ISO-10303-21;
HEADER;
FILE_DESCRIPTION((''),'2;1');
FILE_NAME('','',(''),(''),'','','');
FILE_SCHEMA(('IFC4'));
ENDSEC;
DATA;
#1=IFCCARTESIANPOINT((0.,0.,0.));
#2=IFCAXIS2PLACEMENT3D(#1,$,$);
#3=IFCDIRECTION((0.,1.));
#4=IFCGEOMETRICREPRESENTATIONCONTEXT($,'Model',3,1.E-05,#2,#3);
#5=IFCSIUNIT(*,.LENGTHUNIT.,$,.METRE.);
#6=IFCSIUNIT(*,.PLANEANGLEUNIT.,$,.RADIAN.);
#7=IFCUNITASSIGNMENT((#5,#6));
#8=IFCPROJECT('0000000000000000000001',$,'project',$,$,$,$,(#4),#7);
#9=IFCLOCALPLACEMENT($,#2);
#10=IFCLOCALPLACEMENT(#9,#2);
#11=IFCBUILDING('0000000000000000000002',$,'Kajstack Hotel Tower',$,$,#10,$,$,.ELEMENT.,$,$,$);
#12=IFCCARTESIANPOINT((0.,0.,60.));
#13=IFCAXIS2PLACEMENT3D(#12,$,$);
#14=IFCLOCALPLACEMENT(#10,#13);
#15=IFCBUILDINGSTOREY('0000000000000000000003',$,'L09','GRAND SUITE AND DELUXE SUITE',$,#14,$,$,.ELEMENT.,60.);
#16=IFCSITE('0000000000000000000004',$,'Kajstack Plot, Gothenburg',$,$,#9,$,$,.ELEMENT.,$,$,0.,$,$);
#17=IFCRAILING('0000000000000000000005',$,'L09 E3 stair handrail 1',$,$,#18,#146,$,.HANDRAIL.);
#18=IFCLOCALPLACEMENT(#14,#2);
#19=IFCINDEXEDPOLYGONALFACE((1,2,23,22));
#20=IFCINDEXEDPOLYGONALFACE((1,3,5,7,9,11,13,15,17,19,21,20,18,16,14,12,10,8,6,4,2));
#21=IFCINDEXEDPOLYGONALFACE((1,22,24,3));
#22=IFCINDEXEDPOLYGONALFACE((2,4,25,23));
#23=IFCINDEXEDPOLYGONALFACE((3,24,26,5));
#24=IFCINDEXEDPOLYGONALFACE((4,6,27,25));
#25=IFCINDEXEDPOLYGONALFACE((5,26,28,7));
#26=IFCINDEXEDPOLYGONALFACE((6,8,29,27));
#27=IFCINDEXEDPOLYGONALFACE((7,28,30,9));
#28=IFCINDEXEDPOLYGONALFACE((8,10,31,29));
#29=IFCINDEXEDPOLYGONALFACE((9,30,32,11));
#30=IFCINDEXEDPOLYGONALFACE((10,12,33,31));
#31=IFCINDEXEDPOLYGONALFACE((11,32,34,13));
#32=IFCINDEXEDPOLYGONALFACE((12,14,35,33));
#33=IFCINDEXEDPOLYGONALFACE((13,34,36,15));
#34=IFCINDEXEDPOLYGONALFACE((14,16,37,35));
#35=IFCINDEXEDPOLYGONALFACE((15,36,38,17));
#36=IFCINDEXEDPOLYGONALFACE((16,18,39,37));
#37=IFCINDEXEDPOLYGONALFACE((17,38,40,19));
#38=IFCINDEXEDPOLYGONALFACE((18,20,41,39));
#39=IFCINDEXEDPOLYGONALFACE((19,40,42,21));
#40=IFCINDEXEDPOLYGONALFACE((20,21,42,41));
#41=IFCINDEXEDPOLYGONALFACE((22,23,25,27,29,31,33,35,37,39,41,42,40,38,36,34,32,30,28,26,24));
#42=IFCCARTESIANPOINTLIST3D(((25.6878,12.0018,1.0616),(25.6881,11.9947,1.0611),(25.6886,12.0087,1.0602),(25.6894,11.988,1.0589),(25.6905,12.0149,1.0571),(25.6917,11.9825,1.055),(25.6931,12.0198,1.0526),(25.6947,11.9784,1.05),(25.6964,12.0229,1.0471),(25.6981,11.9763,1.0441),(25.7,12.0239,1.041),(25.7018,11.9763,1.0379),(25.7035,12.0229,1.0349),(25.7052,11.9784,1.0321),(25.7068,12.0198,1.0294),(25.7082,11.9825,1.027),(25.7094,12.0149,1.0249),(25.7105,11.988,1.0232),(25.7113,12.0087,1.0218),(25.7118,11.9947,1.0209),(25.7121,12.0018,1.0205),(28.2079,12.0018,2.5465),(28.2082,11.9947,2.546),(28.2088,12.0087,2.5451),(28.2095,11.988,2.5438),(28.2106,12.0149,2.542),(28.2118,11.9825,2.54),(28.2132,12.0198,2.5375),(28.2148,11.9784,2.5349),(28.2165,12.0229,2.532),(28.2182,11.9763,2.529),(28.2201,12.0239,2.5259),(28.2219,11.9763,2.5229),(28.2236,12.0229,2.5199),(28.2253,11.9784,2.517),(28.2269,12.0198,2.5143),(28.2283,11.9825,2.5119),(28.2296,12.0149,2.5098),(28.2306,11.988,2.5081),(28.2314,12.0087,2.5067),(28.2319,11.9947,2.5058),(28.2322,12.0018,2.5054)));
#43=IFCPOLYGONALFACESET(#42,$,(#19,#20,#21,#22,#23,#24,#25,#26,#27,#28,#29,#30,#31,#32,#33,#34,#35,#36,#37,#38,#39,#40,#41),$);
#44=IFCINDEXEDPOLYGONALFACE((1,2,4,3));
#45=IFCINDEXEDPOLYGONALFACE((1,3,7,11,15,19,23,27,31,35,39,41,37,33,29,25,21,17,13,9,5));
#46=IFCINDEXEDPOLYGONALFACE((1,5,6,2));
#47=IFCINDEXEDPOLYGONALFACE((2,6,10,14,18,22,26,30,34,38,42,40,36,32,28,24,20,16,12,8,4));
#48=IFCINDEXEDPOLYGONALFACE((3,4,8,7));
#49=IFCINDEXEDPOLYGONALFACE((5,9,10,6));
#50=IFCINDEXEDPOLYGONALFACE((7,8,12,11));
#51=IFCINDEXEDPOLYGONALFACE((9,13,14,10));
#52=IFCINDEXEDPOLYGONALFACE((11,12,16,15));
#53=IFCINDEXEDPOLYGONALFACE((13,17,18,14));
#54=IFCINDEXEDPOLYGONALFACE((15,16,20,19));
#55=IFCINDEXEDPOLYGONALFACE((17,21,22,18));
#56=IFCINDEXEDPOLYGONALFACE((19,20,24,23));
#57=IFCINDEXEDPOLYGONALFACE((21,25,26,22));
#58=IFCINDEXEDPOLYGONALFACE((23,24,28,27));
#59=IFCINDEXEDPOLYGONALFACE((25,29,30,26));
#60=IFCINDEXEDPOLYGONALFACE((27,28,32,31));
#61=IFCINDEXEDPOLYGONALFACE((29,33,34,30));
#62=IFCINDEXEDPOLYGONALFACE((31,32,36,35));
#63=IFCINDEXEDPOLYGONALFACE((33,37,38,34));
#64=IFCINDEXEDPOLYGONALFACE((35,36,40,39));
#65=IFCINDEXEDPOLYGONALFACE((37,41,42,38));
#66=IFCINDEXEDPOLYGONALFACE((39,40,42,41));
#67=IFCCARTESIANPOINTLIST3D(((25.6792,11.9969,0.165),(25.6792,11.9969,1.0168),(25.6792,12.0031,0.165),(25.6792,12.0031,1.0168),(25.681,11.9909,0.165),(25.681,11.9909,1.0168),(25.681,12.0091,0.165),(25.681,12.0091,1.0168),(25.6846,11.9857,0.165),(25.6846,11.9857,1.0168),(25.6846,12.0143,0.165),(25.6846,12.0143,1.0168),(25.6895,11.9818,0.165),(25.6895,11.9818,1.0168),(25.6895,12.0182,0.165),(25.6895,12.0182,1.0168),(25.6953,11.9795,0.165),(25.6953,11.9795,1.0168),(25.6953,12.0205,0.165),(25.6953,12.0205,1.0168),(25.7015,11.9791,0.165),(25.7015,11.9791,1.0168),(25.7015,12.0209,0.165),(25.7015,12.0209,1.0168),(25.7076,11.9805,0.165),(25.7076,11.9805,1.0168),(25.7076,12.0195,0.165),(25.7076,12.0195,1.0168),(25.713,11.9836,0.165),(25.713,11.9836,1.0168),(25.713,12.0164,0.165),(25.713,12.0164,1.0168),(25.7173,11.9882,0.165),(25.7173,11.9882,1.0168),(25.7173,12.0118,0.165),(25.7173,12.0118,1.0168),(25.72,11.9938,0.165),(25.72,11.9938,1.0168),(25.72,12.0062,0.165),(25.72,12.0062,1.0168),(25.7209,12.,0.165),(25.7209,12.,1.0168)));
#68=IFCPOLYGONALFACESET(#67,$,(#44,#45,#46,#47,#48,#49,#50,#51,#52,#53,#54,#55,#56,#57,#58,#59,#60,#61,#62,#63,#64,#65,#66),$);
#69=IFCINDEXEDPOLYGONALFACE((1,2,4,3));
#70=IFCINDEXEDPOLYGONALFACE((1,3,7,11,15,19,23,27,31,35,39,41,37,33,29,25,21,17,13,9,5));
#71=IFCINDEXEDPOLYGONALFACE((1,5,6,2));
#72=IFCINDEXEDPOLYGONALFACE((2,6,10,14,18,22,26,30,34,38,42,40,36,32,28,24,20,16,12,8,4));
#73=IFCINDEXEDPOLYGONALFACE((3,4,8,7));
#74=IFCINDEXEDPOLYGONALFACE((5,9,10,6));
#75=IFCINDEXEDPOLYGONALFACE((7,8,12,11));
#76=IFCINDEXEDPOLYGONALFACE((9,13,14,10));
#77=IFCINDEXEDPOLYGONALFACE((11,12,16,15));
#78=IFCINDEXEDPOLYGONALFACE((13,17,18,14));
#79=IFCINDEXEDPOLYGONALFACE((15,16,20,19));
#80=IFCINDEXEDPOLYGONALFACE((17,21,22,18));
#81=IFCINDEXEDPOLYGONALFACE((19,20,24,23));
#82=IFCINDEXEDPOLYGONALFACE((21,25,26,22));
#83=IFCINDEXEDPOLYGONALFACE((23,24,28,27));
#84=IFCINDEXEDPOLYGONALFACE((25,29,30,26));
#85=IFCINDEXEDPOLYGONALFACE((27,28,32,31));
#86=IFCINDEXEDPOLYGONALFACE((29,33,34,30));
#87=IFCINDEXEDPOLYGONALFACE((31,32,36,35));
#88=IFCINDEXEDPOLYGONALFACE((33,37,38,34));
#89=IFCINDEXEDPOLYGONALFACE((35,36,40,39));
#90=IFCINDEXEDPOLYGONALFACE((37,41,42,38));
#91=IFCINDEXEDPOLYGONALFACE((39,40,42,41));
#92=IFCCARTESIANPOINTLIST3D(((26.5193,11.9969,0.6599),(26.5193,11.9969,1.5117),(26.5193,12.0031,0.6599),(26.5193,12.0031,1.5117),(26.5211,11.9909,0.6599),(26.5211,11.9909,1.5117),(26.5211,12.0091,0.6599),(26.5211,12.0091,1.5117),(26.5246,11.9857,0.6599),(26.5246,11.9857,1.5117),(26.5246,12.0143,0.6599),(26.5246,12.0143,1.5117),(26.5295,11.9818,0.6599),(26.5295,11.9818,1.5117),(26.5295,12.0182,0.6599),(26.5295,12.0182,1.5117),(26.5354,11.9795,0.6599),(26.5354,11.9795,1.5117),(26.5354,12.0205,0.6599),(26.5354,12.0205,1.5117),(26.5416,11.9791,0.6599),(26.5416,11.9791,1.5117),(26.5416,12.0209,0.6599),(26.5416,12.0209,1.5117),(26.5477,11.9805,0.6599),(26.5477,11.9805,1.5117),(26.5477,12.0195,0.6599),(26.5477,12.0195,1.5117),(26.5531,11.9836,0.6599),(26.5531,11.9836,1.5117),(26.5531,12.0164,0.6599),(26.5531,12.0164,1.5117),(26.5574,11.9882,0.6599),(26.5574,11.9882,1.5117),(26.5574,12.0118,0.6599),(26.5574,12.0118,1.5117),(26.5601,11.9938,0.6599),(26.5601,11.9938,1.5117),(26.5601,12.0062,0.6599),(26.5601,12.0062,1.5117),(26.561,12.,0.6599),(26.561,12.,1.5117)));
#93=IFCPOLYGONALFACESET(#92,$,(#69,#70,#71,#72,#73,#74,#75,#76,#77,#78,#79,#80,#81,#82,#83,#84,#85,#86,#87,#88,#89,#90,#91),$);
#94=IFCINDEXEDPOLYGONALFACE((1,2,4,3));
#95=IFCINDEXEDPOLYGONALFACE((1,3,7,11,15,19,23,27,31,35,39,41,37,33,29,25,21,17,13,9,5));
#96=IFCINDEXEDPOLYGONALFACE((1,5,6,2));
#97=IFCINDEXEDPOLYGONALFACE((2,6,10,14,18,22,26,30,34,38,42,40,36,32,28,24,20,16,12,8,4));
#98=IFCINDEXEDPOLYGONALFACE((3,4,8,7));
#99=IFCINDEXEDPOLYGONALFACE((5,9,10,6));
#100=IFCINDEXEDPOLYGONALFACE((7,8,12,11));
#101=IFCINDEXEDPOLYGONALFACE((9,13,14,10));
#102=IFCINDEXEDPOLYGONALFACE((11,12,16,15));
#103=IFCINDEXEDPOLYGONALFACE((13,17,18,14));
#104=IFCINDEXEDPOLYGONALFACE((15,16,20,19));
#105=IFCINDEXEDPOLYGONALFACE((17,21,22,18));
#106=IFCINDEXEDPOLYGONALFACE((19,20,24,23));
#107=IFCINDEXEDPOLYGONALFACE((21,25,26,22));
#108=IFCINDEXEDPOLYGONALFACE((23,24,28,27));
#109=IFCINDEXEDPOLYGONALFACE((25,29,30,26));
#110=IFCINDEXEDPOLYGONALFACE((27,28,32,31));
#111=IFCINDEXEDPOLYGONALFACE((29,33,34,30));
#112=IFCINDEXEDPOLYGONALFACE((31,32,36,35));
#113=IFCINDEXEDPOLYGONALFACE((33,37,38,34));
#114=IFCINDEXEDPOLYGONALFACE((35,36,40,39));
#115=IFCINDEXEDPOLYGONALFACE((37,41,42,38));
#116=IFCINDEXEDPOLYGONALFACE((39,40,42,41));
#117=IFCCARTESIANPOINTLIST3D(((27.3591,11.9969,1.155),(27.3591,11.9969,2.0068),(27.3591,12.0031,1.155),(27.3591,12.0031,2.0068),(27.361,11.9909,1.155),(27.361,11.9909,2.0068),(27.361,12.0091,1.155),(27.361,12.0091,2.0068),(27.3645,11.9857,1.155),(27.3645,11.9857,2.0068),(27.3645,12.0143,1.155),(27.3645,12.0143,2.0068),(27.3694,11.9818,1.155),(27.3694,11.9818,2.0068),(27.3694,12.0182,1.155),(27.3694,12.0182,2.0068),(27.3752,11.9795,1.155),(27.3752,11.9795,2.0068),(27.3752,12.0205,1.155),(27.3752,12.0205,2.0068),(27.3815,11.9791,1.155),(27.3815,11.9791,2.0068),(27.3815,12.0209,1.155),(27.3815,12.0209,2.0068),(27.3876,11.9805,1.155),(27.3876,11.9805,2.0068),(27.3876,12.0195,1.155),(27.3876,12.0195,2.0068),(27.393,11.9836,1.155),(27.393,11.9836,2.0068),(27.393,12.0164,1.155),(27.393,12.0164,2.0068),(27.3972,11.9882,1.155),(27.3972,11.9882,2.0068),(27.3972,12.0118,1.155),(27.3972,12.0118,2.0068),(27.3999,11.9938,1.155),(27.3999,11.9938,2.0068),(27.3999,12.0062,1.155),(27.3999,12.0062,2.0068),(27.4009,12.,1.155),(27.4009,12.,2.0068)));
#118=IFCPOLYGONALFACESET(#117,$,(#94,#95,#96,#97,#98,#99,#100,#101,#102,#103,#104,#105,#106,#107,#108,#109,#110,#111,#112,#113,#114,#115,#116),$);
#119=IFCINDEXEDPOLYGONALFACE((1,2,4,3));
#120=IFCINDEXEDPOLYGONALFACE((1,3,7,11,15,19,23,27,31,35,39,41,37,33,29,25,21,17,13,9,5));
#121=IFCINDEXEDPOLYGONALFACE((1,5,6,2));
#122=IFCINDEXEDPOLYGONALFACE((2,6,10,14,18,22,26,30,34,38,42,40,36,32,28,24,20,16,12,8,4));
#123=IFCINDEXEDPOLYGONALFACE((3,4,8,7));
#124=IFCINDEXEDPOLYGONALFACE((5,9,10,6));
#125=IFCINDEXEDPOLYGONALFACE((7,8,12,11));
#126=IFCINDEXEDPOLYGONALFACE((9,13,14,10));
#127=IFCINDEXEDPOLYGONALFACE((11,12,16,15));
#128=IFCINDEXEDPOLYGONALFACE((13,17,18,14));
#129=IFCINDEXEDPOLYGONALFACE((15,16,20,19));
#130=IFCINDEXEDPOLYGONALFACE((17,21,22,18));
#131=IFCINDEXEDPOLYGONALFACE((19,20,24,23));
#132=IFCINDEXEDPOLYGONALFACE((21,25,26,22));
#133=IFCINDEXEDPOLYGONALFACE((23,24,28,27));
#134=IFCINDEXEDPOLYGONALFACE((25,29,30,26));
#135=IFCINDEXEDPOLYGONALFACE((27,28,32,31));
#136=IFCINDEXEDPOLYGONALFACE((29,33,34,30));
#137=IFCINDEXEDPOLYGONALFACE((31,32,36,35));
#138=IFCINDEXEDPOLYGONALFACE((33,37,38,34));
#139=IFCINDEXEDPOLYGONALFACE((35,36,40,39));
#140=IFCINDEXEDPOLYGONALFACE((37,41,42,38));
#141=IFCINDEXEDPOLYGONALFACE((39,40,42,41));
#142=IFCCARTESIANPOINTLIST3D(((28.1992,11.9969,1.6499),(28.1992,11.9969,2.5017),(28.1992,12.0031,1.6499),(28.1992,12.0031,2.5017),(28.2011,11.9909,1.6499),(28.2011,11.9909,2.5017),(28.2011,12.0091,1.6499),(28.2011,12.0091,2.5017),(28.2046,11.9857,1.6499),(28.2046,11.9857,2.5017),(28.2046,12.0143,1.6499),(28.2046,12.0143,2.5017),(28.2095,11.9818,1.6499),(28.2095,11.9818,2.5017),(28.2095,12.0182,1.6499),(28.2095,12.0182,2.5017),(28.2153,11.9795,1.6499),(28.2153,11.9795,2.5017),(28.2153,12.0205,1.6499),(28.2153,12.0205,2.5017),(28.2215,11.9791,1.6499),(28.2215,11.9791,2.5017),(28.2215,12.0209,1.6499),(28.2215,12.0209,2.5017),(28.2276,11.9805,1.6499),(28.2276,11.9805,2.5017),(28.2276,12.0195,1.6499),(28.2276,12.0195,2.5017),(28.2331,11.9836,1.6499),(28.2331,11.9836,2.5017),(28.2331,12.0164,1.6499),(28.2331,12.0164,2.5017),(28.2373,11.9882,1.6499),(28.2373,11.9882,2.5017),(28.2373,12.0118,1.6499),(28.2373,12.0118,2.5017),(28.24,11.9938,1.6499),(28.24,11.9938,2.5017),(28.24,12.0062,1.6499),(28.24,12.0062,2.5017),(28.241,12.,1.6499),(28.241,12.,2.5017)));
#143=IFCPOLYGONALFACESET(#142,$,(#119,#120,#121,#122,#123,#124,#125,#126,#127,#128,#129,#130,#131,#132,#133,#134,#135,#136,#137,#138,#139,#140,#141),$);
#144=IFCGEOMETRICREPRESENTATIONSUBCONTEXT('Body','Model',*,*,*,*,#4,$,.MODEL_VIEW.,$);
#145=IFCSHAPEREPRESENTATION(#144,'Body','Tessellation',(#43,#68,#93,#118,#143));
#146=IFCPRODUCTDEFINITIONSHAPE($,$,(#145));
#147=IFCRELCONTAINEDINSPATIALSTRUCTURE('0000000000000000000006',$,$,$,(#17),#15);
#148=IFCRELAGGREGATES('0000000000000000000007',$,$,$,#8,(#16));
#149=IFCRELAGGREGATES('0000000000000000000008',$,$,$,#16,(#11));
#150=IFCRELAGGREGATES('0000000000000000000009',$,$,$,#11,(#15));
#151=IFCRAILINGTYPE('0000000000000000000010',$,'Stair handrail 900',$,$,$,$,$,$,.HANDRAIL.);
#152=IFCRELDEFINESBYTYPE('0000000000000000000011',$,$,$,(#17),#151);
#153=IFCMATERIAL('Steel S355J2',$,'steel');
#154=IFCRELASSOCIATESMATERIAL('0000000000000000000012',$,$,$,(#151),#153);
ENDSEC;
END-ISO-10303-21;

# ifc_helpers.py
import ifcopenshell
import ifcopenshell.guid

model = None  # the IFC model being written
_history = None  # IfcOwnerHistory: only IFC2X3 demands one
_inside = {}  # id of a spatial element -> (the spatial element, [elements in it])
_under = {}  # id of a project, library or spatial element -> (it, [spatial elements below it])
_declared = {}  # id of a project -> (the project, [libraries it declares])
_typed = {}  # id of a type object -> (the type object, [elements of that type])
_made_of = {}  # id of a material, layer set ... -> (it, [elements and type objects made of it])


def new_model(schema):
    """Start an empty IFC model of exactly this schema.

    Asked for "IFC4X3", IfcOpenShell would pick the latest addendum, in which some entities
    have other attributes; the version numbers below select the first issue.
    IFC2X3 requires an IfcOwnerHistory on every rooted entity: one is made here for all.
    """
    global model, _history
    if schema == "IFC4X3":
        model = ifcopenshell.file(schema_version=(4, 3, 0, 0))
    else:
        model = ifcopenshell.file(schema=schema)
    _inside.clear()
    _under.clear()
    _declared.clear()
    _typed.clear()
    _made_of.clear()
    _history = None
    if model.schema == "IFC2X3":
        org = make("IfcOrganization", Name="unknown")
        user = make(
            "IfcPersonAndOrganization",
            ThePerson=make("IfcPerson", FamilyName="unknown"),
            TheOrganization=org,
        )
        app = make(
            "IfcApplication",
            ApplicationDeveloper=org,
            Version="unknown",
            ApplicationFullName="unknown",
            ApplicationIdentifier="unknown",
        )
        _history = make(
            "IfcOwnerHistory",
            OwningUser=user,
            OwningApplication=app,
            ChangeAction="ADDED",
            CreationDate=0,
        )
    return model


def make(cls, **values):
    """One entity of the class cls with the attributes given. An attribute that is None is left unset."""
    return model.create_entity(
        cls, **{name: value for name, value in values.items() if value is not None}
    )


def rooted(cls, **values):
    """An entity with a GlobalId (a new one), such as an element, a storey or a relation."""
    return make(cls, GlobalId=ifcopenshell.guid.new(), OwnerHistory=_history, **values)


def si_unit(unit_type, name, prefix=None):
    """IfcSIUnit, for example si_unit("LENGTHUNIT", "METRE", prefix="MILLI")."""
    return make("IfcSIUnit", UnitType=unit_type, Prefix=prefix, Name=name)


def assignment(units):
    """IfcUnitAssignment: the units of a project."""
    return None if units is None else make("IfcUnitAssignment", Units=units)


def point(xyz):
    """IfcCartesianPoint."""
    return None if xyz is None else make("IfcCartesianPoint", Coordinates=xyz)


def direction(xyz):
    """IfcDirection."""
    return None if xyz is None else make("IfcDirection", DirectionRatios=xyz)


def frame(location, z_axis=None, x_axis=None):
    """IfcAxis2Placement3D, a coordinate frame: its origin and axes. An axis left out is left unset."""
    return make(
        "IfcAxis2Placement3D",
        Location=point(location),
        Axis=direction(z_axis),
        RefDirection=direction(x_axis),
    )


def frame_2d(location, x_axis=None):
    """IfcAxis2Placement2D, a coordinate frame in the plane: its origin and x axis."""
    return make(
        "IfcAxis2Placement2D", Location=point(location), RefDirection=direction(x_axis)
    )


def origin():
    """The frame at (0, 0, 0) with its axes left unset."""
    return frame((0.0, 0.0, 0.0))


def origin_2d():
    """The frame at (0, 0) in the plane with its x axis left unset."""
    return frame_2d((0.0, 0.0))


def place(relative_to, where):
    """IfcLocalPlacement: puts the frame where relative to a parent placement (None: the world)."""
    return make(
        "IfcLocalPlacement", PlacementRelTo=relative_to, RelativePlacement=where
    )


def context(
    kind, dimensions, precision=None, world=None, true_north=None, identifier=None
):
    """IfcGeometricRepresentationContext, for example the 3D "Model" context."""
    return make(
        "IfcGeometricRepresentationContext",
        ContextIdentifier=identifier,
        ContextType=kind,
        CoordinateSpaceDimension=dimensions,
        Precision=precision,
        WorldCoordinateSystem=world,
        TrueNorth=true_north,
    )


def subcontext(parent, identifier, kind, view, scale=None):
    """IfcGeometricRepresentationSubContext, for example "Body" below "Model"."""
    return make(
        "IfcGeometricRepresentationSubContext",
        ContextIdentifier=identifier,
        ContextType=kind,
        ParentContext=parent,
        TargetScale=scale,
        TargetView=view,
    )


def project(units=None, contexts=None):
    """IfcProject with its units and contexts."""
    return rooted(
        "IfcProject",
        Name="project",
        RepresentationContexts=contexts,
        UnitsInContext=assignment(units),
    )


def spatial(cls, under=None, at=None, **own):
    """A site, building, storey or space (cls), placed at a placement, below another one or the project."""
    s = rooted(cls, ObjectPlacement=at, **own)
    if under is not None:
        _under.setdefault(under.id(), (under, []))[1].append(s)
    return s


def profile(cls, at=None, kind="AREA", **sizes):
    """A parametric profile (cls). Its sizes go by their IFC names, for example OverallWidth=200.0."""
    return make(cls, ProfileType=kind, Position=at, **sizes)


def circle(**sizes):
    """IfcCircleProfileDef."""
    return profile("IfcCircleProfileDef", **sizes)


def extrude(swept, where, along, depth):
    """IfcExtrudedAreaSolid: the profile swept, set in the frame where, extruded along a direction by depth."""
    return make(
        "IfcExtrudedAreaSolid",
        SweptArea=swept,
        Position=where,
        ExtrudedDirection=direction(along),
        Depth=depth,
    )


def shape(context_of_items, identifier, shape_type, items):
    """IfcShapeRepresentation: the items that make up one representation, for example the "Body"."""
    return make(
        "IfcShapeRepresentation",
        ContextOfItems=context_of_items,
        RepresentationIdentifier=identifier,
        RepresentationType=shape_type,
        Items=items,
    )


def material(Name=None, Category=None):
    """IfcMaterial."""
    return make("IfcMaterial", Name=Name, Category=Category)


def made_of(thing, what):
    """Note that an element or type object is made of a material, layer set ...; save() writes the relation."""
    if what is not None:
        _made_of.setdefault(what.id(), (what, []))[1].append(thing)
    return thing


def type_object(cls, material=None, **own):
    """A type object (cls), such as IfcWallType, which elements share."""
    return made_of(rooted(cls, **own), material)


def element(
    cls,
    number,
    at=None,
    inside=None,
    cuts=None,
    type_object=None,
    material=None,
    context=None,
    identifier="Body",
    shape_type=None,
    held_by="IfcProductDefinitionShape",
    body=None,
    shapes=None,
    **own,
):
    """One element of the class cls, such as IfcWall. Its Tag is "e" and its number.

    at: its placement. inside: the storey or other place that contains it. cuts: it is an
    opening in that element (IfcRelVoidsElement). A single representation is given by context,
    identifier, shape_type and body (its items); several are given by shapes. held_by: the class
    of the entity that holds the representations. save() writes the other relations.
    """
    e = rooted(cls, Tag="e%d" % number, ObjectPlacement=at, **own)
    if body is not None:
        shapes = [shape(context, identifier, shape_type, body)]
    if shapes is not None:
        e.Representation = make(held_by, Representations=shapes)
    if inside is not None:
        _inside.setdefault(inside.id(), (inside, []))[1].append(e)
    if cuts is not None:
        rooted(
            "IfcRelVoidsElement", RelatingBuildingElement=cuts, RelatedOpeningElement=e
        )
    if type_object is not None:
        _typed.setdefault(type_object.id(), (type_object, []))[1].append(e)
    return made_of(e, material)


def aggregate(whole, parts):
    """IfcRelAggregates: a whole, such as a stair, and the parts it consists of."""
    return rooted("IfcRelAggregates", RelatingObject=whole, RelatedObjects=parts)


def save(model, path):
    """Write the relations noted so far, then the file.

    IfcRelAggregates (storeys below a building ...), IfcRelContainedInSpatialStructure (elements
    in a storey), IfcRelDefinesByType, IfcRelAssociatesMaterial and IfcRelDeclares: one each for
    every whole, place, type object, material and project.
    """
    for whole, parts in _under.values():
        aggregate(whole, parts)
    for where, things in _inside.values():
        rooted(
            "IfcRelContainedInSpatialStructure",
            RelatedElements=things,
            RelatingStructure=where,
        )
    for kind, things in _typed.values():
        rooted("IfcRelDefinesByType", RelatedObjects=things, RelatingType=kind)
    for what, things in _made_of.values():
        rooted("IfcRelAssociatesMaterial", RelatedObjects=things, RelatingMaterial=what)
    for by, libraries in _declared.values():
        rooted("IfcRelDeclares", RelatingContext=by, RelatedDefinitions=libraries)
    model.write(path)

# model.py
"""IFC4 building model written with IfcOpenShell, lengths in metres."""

from ifc_helpers import new_model, si_unit, direction, frame, origin, origin_2d, place, context, subcontext, project, spatial, circle, extrude, material, type_object, element, save


model = new_model("IFC4")

# Units and contexts
model_context = context("Model", 3, precision=1e-05, world=origin(), true_north=direction((0.0, 1.0)))
body_context = subcontext(model_context, "Body", "Model", "MODEL_VIEW")
ifc_project = project(units=[si_unit("LENGTHUNIT", "METRE"), si_unit("PLANEANGLEUNIT", "RADIAN")], contexts=[model_context])

# Site, building, storey
site_placement = place(None, origin())
site = spatial("IfcSite", under=ifc_project, at=site_placement, Name="Kajstack Plot, Gothenburg", CompositionType="ELEMENT", RefElevation=0.0)
building_placement = place(site_placement, origin())
building = spatial("IfcBuilding", under=site, at=building_placement, Name="Kajstack Hotel Tower", CompositionType="ELEMENT")
storey_placement = place(building_placement, frame((0.0, 0.0, 60.0)))
storey = spatial("IfcBuildingStorey", under=building, at=storey_placement, Name="L09", Description="GRAND SUITE AND DELUXE SUITE", CompositionType="ELEMENT", Elevation=60.0)

# Railing
ifc_material_1 = material(Name="Steel S355J2", Category="steel")
railing_type_1 = type_object("IfcRailingType", Name="Stair handrail 900", PredefinedType="HANDRAIL", material=ifc_material_1)
railing_1_placement = place(storey_placement, frame((25.7, 12.0, 0.165)))
element("IfcRailing", 1, at=railing_1_placement, inside=storey, type_object=railing_type_1, Name="L09 E3 stair handrail 1", PredefinedType="HANDRAIL", context=body_context, shape_type="SweptSolid", body=[
    extrude(circle(Radius=0.0239, at=origin_2d()), frame((0.0, 0.0, 0.876), z_axis=(0.861561, 0.0, 0.507655), x_axis=(0.0, 1.0, 0.0)), (0.0, 0.0, 1.0), 2.925),
    extrude(circle(Radius=0.021, at=origin_2d()), origin(), (0.0, 0.0, 1.0), 0.8518),
    extrude(circle(Radius=0.021, at=origin_2d()), frame((0.8401, 0.0, 0.4949)), (0.0, 0.0, 1.0), 0.8518),
    extrude(circle(Radius=0.021, at=origin_2d()), frame((1.6799, 0.0, 0.99)), (0.0, 0.0, 1.0), 0.8518),
    extrude(circle(Radius=0.021, at=origin_2d()), frame((2.52, 0.0, 1.4849)), (0.0, 0.0, 1.0), 0.8518),
])

save(model, "model.ifc")
